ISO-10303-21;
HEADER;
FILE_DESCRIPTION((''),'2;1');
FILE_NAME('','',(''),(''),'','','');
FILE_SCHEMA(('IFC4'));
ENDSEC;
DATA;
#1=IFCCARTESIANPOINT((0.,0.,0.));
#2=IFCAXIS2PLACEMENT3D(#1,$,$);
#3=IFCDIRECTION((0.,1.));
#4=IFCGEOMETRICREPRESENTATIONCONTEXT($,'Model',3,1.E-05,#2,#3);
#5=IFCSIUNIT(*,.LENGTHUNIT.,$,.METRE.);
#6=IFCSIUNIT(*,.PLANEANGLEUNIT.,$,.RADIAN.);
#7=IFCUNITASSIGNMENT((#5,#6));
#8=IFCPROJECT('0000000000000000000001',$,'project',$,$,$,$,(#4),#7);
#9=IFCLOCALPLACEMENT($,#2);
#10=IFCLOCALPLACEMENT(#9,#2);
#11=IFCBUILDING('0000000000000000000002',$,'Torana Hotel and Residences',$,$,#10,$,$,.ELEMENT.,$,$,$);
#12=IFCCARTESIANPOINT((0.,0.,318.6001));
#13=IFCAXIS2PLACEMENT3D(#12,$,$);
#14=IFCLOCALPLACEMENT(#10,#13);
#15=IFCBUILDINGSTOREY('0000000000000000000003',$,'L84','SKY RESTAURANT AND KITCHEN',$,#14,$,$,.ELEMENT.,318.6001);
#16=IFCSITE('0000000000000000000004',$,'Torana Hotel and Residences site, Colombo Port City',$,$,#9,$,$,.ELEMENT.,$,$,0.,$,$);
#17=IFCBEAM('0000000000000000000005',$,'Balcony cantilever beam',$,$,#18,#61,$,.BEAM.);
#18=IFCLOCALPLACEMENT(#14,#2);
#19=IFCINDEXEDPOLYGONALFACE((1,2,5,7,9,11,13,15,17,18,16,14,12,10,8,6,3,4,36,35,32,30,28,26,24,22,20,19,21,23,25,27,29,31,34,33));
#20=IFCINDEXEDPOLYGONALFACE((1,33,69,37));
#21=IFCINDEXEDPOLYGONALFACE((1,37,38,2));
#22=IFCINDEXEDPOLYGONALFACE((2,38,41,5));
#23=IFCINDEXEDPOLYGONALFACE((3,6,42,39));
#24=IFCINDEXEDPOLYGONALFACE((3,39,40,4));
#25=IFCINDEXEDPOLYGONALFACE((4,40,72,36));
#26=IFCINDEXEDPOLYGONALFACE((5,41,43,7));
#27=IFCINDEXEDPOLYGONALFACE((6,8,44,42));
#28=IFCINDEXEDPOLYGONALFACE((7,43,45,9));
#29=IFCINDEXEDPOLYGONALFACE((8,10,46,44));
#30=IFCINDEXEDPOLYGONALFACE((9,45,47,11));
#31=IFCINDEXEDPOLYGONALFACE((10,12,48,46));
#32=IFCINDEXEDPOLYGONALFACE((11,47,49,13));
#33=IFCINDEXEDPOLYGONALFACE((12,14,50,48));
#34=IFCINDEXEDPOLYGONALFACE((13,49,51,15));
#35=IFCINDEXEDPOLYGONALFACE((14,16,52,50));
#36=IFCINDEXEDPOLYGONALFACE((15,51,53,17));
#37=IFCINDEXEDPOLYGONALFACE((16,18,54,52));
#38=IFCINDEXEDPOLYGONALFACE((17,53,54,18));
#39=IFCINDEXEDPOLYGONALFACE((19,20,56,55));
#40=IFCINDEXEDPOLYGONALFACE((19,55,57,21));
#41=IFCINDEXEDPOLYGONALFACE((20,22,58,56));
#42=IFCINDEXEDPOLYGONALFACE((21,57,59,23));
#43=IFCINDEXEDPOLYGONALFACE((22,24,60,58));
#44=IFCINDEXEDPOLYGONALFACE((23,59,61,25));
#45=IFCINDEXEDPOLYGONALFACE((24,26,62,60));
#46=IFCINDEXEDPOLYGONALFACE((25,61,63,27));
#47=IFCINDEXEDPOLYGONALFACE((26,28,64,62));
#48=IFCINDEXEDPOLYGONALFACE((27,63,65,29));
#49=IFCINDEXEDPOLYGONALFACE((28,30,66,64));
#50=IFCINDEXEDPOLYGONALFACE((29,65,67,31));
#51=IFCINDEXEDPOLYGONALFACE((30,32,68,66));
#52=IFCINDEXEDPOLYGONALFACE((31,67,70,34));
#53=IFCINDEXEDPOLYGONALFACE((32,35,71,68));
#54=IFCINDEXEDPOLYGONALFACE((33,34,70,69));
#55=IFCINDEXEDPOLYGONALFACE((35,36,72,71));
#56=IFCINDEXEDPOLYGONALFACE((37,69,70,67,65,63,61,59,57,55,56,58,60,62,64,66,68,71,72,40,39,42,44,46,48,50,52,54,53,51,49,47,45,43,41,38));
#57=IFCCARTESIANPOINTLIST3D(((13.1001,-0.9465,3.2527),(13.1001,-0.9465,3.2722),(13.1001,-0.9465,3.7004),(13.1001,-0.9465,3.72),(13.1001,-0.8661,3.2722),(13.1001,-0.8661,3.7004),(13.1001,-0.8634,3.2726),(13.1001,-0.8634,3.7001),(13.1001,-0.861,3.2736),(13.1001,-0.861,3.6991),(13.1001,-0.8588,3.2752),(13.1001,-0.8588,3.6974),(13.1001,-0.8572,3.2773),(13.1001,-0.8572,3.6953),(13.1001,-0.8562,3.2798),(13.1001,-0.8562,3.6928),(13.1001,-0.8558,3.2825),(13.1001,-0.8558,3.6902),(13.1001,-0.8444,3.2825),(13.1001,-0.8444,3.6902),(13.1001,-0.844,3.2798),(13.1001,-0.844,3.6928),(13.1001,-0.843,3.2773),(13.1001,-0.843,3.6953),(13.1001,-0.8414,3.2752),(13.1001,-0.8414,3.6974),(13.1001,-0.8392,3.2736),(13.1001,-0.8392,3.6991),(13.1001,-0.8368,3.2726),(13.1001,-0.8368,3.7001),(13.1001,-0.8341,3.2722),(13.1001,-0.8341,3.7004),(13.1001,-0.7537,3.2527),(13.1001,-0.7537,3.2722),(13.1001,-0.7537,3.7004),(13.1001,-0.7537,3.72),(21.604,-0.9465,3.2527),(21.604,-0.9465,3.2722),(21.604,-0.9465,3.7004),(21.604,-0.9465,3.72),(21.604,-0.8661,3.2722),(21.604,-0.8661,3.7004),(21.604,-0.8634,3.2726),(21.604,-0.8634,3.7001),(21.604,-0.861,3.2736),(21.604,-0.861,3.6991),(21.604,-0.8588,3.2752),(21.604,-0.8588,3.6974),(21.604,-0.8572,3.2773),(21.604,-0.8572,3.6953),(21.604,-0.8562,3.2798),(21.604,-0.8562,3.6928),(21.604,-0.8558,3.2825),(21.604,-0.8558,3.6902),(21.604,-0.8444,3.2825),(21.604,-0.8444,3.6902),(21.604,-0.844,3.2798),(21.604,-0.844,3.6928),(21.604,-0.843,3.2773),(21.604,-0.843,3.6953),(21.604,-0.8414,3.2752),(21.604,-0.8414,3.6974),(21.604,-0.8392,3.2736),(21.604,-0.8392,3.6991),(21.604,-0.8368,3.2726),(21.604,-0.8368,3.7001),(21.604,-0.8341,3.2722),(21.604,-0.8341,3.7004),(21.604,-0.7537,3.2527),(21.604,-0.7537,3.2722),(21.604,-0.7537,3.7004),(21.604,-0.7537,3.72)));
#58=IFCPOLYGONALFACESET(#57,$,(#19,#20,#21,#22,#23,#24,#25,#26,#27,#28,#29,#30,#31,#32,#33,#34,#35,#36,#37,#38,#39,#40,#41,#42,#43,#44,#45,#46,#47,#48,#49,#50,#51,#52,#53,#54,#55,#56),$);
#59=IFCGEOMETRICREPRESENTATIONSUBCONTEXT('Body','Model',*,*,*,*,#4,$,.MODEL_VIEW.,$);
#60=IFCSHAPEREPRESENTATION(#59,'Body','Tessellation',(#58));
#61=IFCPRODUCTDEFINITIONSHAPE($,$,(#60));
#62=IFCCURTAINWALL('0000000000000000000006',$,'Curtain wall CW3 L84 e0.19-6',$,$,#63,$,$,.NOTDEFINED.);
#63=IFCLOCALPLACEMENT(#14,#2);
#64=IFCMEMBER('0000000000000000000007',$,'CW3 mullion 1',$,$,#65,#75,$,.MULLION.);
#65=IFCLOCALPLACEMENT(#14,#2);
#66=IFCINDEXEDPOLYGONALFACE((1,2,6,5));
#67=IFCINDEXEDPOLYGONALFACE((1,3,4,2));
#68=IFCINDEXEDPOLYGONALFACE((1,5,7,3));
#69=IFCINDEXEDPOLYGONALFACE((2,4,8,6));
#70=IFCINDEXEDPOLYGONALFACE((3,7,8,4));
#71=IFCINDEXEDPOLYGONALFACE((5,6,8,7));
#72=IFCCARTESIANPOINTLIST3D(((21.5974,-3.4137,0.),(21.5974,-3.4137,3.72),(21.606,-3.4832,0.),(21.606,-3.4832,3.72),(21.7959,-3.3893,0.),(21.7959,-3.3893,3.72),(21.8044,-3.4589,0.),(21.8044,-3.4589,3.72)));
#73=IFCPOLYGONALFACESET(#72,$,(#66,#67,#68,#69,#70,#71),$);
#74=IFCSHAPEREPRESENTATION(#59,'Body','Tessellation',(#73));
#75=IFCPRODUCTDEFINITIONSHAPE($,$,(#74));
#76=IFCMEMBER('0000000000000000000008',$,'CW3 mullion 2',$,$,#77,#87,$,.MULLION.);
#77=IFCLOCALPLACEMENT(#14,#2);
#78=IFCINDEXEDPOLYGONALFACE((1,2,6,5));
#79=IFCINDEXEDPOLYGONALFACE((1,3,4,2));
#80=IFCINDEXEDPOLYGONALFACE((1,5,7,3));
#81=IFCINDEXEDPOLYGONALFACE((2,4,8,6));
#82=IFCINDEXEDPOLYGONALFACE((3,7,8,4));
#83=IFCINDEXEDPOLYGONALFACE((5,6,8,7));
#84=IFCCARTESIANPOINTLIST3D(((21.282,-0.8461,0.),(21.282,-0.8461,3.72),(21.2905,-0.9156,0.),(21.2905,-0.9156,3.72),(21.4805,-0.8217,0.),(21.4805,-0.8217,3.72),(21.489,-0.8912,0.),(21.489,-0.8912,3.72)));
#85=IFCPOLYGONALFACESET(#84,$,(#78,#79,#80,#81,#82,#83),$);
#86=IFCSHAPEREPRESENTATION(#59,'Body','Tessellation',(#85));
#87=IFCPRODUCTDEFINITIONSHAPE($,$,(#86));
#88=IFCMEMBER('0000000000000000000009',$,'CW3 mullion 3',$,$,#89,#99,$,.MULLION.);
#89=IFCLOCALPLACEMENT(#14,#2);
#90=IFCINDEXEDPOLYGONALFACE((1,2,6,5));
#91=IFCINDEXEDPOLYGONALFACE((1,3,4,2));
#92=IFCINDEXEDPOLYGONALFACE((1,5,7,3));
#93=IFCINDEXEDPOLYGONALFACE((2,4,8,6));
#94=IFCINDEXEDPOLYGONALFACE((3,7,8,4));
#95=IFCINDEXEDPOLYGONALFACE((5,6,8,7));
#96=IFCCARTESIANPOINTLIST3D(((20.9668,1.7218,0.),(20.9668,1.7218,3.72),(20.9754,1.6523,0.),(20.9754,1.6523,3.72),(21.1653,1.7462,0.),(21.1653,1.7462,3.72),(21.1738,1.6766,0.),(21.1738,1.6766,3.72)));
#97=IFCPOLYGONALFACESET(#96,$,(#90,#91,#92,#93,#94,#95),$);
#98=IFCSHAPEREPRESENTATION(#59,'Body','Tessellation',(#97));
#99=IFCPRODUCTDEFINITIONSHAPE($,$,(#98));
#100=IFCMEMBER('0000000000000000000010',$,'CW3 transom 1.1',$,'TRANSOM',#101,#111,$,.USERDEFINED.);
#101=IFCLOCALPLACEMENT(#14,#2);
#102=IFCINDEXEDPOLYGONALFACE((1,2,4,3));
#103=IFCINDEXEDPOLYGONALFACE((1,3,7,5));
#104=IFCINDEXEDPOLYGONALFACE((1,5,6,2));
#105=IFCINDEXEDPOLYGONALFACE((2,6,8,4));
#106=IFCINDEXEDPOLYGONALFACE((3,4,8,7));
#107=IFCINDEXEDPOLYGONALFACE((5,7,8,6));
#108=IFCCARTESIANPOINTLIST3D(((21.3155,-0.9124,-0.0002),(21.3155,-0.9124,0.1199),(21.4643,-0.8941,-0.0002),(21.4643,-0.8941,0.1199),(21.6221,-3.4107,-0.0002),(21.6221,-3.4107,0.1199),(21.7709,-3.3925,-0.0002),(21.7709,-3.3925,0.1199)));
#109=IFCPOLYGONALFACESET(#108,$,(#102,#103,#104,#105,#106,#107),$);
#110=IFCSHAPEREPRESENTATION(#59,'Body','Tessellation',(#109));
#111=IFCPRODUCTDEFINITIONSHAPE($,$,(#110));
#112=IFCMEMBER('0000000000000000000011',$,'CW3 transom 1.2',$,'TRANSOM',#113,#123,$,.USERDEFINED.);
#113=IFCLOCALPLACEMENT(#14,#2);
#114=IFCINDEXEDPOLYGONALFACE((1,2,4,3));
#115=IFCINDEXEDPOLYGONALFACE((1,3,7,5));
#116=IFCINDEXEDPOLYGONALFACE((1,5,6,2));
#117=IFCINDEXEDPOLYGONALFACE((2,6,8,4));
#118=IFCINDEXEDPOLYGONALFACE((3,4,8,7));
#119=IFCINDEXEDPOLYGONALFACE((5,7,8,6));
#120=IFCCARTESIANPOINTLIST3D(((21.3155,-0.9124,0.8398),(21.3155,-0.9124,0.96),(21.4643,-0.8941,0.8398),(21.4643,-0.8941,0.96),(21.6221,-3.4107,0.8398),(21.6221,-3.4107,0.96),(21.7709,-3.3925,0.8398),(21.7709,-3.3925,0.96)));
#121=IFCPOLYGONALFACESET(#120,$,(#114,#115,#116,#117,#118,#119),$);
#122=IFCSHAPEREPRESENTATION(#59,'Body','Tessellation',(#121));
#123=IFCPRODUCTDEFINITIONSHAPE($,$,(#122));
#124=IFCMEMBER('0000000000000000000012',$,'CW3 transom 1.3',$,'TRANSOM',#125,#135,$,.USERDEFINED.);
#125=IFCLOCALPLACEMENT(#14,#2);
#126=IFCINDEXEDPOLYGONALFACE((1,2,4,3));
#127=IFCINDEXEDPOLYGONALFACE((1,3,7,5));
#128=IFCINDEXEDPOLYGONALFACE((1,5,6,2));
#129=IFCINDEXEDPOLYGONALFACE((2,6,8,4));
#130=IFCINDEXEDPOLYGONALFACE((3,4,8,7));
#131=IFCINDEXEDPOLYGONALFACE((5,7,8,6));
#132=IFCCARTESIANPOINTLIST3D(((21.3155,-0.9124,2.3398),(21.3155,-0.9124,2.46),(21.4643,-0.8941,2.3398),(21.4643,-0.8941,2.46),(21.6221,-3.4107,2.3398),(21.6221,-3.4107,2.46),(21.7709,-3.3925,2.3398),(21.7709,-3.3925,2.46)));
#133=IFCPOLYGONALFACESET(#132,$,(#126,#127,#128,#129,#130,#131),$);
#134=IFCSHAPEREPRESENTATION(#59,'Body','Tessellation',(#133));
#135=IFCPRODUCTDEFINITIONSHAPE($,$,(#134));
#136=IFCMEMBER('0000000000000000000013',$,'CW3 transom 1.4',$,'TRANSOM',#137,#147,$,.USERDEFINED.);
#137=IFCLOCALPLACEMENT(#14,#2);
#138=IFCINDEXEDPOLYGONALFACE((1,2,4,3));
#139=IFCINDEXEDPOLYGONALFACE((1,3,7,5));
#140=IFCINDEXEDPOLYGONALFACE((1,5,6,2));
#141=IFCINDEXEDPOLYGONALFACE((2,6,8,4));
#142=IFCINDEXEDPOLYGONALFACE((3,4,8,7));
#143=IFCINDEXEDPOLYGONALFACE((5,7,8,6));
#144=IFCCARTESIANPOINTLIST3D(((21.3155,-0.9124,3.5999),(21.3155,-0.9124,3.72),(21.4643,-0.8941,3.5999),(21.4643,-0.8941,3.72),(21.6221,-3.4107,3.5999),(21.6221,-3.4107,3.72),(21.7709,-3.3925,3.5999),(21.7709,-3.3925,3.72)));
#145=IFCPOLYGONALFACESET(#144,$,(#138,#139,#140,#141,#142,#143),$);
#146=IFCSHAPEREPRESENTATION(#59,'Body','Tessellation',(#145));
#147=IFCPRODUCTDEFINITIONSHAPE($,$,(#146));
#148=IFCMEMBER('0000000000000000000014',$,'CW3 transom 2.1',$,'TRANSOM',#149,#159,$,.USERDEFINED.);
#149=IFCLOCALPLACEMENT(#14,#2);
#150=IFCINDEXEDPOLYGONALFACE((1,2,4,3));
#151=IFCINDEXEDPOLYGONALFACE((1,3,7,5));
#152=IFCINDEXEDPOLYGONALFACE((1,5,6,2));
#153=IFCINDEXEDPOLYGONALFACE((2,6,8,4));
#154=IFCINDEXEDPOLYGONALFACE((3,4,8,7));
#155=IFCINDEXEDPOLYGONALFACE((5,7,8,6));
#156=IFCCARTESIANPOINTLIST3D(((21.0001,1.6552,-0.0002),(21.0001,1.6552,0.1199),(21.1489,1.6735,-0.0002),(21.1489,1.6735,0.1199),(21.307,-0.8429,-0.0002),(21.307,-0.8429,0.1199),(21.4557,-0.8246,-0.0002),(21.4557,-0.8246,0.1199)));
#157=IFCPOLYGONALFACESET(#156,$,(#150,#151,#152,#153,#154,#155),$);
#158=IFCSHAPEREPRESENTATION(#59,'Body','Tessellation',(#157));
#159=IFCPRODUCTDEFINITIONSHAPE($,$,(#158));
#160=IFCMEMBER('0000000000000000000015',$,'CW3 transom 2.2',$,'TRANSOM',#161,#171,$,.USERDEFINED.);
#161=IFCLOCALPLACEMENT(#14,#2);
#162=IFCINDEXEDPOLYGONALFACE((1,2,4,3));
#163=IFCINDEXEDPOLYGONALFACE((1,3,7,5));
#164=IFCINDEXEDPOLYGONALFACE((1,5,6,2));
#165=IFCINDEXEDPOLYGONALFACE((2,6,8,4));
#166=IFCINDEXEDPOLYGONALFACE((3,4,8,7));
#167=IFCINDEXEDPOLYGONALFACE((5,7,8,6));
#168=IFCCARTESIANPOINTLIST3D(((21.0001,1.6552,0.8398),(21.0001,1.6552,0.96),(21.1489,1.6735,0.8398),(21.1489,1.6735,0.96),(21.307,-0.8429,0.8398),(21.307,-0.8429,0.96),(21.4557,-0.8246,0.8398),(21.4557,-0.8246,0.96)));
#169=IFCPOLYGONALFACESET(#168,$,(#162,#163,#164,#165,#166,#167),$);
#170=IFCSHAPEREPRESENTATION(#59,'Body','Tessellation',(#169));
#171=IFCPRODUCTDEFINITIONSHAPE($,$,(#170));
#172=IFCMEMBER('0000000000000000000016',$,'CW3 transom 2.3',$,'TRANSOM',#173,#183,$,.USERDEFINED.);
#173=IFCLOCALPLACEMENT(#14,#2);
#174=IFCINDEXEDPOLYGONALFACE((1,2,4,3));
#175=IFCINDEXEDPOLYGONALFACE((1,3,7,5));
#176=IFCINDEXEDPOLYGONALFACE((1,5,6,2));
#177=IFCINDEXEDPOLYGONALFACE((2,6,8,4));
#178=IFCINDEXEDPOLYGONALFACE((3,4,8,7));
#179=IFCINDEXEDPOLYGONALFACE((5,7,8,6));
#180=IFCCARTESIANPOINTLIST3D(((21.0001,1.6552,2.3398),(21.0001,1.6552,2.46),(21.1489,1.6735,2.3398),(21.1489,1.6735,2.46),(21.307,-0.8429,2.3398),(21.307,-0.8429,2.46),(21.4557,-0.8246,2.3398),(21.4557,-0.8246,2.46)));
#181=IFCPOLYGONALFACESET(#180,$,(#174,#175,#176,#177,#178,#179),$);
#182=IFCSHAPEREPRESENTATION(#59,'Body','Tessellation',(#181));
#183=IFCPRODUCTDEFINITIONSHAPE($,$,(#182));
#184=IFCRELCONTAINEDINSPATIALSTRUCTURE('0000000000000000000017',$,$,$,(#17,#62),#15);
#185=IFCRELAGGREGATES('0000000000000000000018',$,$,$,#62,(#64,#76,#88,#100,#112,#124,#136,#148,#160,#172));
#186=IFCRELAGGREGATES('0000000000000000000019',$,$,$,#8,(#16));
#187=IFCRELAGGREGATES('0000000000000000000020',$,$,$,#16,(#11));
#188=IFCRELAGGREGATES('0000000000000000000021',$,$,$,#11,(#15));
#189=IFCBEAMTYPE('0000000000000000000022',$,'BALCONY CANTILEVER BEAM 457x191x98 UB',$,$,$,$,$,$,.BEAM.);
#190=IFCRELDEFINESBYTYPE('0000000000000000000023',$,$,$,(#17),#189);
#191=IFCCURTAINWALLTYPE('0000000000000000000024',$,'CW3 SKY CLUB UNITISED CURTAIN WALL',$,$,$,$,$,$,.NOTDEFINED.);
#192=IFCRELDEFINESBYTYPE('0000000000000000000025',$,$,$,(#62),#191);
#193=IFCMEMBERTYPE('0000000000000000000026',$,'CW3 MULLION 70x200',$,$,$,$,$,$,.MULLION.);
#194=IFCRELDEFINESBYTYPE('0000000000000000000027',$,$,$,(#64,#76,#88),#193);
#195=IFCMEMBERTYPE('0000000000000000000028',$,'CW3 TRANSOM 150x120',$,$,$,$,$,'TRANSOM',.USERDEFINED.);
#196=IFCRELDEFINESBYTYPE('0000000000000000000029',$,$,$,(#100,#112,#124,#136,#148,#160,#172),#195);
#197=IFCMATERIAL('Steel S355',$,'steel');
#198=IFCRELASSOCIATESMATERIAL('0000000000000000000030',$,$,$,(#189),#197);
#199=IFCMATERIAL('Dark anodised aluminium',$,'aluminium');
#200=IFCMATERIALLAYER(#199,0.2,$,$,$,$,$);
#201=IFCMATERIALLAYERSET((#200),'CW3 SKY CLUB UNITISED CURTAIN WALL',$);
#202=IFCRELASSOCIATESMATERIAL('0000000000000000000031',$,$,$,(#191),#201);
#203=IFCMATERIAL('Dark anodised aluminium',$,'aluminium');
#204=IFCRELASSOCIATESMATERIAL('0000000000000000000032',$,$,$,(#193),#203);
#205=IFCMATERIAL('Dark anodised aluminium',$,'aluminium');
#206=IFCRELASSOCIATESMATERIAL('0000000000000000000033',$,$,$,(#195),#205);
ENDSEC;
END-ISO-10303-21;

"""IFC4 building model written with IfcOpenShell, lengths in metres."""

from ifc_helpers import new_model, si_unit, direction, frame, origin, origin_2d, place, context, subcontext, project, spatial, rectangle, i_section, extrude, material, layer, layer_set, material_profile, profile_set, type_object, element, aggregate, save


model = new_model("IFC4")

# Units and contexts
model_context = context("Model", 3, precision=1e-05, world=origin(), true_north=direction((0.0, 1.0)))
body_context = subcontext(model_context, "Body", "Model", "MODEL_VIEW")
ifc_project = project(units=[si_unit("LENGTHUNIT", "METRE"), si_unit("PLANEANGLEUNIT", "RADIAN")], contexts=[model_context])

# Site, building, storey
site_placement = place(None, origin())
site = spatial("IfcSite", under=ifc_project, at=site_placement, Name="Torana Hotel and Residences site, Colombo Port City", CompositionType="ELEMENT", RefElevation=0.0)
building_placement = place(site_placement, origin())
building = spatial("IfcBuilding", under=site, at=building_placement, Name="Torana Hotel and Residences", CompositionType="ELEMENT")
storey_placement = place(building_placement, frame((0.0, 0.0, 318.6001)))
storey = spatial("IfcBuildingStorey", under=building, at=storey_placement, Name="L84", Description="SKY RESTAURANT AND KITCHEN", CompositionType="ELEMENT", Elevation=318.6001)

# Beam
ifc_material_1 = material(Name="Steel S355", Category="steel")
ifc_material_profile_1 = material_profile(ifc_material_1, i_section(OverallWidth=0.1929, OverallDepth=0.4673, WebThickness=0.0115, FlangeThickness=0.0195, FilletRadius=0.0103, at=origin_2d()), Name="457x191x98 UB")
ifc_profile_set_1 = profile_set([ifc_material_profile_1], Name="Steel S355")
beam_type = type_object("IfcBeamType", Name="BALCONY CANTILEVER BEAM 457x191x98 UB", PredefinedType="BEAM", material=ifc_profile_set_1)
beam_placement = place(storey_placement, frame((21.604, -0.8501, 3.4863), z_axis=(-1.0, 0.0, 0.0), x_axis=(0.0, -1.0, 0.0)))
element("IfcBeam", 1, at=beam_placement, inside=storey, type_object=beam_type, Name="Balcony cantilever beam", PredefinedType="BEAM", context=body_context, shape_type="SweptSolid", body=[
    extrude(i_section(OverallWidth=0.1929, OverallDepth=0.4673, WebThickness=0.0115, FlangeThickness=0.0195, FilletRadius=0.0103, at=origin_2d()), origin(), (0.0, 0.0, 1.0), 8.5039),
])

# Curtain wall, members
ifc_material_2 = material(Name="Dark anodised aluminium", Category="aluminium")
ifc_layer_1 = layer(ifc_material_2, 0.2)
ifc_layer_set_1 = layer_set([ifc_layer_1], Name="CW3 SKY CLUB UNITISED CURTAIN WALL")
curtain_wall_type = type_object("IfcCurtainWallType", Name="CW3 SKY CLUB UNITISED CURTAIN WALL", PredefinedType="NOTDEFINED", material=ifc_layer_set_1)
curtain_wall_placement = place(storey_placement, origin())
curtain_wall = element("IfcCurtainWall", 2, at=curtain_wall_placement, inside=storey, type_object=curtain_wall_type, Name="Curtain wall CW3 L84 e0.19-6", PredefinedType="NOTDEFINED")
ifc_material_3 = material(Name="Dark anodised aluminium", Category="aluminium")
ifc_material_profile_2 = material_profile(ifc_material_3, rectangle(XDim=0.2, YDim=0.0701, at=origin_2d()), Name="CW3 MULLION 70x200")
ifc_profile_set_2 = profile_set([ifc_material_profile_2], Name="Dark anodised aluminium")
member_type_1 = type_object("IfcMemberType", Name="CW3 MULLION 70x200", PredefinedType="MULLION", material=ifc_profile_set_2)
member_1_placement = place(storey_placement, frame((21.7009, -3.4363, 0.0), z_axis=(0.0, 0.0, 1.0), x_axis=(-0.992546, -0.121871, 0.0)))
member_1 = element("IfcMember", 3, at=member_1_placement, type_object=member_type_1, Name="CW3 mullion 1", PredefinedType="MULLION", context=body_context, shape_type="SweptSolid", body=[
    extrude(rectangle(XDim=0.2, YDim=0.0701, at=origin_2d()), origin(), (0.0, 0.0, 1.0), 3.72),
])
member_2_placement = place(storey_placement, frame((21.3855, -0.8687, 0.0), z_axis=(0.0, 0.0, 1.0), x_axis=(-0.992546, -0.121871, 0.0)))
member_2 = element("IfcMember", 4, at=member_2_placement, type_object=member_type_1, Name="CW3 mullion 2", PredefinedType="MULLION", context=body_context, shape_type="SweptSolid", body=[
    extrude(rectangle(XDim=0.2, YDim=0.0701, at=origin_2d()), origin(), (0.0, 0.0, 1.0), 3.72),
])
member_3_placement = place(storey_placement, frame((21.0703, 1.6992, 0.0), z_axis=(0.0, 0.0, 1.0), x_axis=(-0.992546, -0.121871, 0.0)))
member_3 = element("IfcMember", 5, at=member_3_placement, type_object=member_type_1, Name="CW3 mullion 3", PredefinedType="MULLION", context=body_context, shape_type="SweptSolid", body=[
    extrude(rectangle(XDim=0.2, YDim=0.0701, at=origin_2d()), origin(), (0.0, 0.0, 1.0), 3.72),
])
ifc_material_4 = material(Name="Dark anodised aluminium", Category="aluminium")
ifc_material_profile_3 = material_profile(ifc_material_4, rectangle(XDim=0.1499, YDim=0.1201, at=origin_2d()), Name="CW3 TRANSOM 150x120")
ifc_profile_set_3 = profile_set([ifc_material_profile_3], Name="Dark anodised aluminium")
member_type_2 = type_object("IfcMemberType", Name="CW3 TRANSOM 150x120", ElementType="TRANSOM", PredefinedType="USERDEFINED", material=ifc_profile_set_3)
member_4_placement = place(storey_placement, frame((21.6965, -3.4016, 0.0598), z_axis=(-0.121826, 0.992551, 0.0), x_axis=(-0.992551, -0.121826, 0.0)))
member_4 = element("IfcMember", 6, at=member_4_placement, type_object=member_type_2, Name="CW3 transom 1.1", ObjectType="TRANSOM", PredefinedType="USERDEFINED", context=body_context, shape_type="SweptSolid", body=[
    extrude(rectangle(XDim=0.1499, YDim=0.1201, at=origin_2d()), origin(), (0.0, 0.0, 1.0), 2.5171),
])
member_5_placement = place(storey_placement, frame((21.6965, -3.4016, 0.8999), z_axis=(-0.121826, 0.992551, 0.0), x_axis=(-0.992551, -0.121826, 0.0)))
member_5 = element("IfcMember", 7, at=member_5_placement, type_object=member_type_2, Name="CW3 transom 1.2", ObjectType="TRANSOM", PredefinedType="USERDEFINED", context=body_context, shape_type="SweptSolid", body=[
    extrude(rectangle(XDim=0.1499, YDim=0.1201, at=origin_2d()), origin(), (0.0, 0.0, 1.0), 2.5171),
])
member_6_placement = place(storey_placement, frame((21.6965, -3.4016, 2.3999), z_axis=(-0.121826, 0.992551, 0.0), x_axis=(-0.992551, -0.121826, 0.0)))
member_6 = element("IfcMember", 8, at=member_6_placement, type_object=member_type_2, Name="CW3 transom 1.3", ObjectType="TRANSOM", PredefinedType="USERDEFINED", context=body_context, shape_type="SweptSolid", body=[
    extrude(rectangle(XDim=0.1499, YDim=0.1201, at=origin_2d()), origin(), (0.0, 0.0, 1.0), 2.5171),
])
member_7_placement = place(storey_placement, frame((21.6965, -3.4016, 3.6599), z_axis=(-0.121826, 0.992551, 0.0), x_axis=(-0.992551, -0.121826, 0.0)))
member_7 = element("IfcMember", 9, at=member_7_placement, type_object=member_type_2, Name="CW3 transom 1.4", ObjectType="TRANSOM", PredefinedType="USERDEFINED", context=body_context, shape_type="SweptSolid", body=[
    extrude(rectangle(XDim=0.1499, YDim=0.1201, at=origin_2d()), origin(), (0.0, 0.0, 1.0), 2.5171),
])
member_8_placement = place(storey_placement, frame((21.3813, -0.8337, 0.0598), z_axis=(-0.121933, 0.992538, 0.0), x_axis=(-0.992538, -0.121933, 0.0)))
member_8 = element("IfcMember", 10, at=member_8_placement, type_object=member_type_2, Name="CW3 transom 2.1", ObjectType="TRANSOM", PredefinedType="USERDEFINED", context=body_context, shape_type="SweptSolid", body=[
    extrude(rectangle(XDim=0.1499, YDim=0.1201, at=origin_2d()), origin(), (0.0, 0.0, 1.0), 2.5168),
])
member_9_placement = place(storey_placement, frame((21.3813, -0.8337, 0.8999), z_axis=(-0.121933, 0.992538, 0.0), x_axis=(-0.992538, -0.121933, 0.0)))
member_9 = element("IfcMember", 11, at=member_9_placement, type_object=member_type_2, Name="CW3 transom 2.2", ObjectType="TRANSOM", PredefinedType="USERDEFINED", context=body_context, shape_type="SweptSolid", body=[
    extrude(rectangle(XDim=0.1499, YDim=0.1201, at=origin_2d()), origin(), (0.0, 0.0, 1.0), 2.5168),
])
member_10_placement = place(storey_placement, frame((21.3813, -0.8337, 2.3999), z_axis=(-0.121933, 0.992538, 0.0), x_axis=(-0.992538, -0.121933, 0.0)))
member_10 = element("IfcMember", 12, at=member_10_placement, type_object=member_type_2, Name="CW3 transom 2.3", ObjectType="TRANSOM", PredefinedType="USERDEFINED", context=body_context, shape_type="SweptSolid", body=[
    extrude(rectangle(XDim=0.1499, YDim=0.1201, at=origin_2d()), origin(), (0.0, 0.0, 1.0), 2.5168),
])
aggregate(curtain_wall, [member_1, member_2, member_3, member_4, member_5, member_6, member_7, member_8, member_9, member_10])

save(model, "model.ifc")
